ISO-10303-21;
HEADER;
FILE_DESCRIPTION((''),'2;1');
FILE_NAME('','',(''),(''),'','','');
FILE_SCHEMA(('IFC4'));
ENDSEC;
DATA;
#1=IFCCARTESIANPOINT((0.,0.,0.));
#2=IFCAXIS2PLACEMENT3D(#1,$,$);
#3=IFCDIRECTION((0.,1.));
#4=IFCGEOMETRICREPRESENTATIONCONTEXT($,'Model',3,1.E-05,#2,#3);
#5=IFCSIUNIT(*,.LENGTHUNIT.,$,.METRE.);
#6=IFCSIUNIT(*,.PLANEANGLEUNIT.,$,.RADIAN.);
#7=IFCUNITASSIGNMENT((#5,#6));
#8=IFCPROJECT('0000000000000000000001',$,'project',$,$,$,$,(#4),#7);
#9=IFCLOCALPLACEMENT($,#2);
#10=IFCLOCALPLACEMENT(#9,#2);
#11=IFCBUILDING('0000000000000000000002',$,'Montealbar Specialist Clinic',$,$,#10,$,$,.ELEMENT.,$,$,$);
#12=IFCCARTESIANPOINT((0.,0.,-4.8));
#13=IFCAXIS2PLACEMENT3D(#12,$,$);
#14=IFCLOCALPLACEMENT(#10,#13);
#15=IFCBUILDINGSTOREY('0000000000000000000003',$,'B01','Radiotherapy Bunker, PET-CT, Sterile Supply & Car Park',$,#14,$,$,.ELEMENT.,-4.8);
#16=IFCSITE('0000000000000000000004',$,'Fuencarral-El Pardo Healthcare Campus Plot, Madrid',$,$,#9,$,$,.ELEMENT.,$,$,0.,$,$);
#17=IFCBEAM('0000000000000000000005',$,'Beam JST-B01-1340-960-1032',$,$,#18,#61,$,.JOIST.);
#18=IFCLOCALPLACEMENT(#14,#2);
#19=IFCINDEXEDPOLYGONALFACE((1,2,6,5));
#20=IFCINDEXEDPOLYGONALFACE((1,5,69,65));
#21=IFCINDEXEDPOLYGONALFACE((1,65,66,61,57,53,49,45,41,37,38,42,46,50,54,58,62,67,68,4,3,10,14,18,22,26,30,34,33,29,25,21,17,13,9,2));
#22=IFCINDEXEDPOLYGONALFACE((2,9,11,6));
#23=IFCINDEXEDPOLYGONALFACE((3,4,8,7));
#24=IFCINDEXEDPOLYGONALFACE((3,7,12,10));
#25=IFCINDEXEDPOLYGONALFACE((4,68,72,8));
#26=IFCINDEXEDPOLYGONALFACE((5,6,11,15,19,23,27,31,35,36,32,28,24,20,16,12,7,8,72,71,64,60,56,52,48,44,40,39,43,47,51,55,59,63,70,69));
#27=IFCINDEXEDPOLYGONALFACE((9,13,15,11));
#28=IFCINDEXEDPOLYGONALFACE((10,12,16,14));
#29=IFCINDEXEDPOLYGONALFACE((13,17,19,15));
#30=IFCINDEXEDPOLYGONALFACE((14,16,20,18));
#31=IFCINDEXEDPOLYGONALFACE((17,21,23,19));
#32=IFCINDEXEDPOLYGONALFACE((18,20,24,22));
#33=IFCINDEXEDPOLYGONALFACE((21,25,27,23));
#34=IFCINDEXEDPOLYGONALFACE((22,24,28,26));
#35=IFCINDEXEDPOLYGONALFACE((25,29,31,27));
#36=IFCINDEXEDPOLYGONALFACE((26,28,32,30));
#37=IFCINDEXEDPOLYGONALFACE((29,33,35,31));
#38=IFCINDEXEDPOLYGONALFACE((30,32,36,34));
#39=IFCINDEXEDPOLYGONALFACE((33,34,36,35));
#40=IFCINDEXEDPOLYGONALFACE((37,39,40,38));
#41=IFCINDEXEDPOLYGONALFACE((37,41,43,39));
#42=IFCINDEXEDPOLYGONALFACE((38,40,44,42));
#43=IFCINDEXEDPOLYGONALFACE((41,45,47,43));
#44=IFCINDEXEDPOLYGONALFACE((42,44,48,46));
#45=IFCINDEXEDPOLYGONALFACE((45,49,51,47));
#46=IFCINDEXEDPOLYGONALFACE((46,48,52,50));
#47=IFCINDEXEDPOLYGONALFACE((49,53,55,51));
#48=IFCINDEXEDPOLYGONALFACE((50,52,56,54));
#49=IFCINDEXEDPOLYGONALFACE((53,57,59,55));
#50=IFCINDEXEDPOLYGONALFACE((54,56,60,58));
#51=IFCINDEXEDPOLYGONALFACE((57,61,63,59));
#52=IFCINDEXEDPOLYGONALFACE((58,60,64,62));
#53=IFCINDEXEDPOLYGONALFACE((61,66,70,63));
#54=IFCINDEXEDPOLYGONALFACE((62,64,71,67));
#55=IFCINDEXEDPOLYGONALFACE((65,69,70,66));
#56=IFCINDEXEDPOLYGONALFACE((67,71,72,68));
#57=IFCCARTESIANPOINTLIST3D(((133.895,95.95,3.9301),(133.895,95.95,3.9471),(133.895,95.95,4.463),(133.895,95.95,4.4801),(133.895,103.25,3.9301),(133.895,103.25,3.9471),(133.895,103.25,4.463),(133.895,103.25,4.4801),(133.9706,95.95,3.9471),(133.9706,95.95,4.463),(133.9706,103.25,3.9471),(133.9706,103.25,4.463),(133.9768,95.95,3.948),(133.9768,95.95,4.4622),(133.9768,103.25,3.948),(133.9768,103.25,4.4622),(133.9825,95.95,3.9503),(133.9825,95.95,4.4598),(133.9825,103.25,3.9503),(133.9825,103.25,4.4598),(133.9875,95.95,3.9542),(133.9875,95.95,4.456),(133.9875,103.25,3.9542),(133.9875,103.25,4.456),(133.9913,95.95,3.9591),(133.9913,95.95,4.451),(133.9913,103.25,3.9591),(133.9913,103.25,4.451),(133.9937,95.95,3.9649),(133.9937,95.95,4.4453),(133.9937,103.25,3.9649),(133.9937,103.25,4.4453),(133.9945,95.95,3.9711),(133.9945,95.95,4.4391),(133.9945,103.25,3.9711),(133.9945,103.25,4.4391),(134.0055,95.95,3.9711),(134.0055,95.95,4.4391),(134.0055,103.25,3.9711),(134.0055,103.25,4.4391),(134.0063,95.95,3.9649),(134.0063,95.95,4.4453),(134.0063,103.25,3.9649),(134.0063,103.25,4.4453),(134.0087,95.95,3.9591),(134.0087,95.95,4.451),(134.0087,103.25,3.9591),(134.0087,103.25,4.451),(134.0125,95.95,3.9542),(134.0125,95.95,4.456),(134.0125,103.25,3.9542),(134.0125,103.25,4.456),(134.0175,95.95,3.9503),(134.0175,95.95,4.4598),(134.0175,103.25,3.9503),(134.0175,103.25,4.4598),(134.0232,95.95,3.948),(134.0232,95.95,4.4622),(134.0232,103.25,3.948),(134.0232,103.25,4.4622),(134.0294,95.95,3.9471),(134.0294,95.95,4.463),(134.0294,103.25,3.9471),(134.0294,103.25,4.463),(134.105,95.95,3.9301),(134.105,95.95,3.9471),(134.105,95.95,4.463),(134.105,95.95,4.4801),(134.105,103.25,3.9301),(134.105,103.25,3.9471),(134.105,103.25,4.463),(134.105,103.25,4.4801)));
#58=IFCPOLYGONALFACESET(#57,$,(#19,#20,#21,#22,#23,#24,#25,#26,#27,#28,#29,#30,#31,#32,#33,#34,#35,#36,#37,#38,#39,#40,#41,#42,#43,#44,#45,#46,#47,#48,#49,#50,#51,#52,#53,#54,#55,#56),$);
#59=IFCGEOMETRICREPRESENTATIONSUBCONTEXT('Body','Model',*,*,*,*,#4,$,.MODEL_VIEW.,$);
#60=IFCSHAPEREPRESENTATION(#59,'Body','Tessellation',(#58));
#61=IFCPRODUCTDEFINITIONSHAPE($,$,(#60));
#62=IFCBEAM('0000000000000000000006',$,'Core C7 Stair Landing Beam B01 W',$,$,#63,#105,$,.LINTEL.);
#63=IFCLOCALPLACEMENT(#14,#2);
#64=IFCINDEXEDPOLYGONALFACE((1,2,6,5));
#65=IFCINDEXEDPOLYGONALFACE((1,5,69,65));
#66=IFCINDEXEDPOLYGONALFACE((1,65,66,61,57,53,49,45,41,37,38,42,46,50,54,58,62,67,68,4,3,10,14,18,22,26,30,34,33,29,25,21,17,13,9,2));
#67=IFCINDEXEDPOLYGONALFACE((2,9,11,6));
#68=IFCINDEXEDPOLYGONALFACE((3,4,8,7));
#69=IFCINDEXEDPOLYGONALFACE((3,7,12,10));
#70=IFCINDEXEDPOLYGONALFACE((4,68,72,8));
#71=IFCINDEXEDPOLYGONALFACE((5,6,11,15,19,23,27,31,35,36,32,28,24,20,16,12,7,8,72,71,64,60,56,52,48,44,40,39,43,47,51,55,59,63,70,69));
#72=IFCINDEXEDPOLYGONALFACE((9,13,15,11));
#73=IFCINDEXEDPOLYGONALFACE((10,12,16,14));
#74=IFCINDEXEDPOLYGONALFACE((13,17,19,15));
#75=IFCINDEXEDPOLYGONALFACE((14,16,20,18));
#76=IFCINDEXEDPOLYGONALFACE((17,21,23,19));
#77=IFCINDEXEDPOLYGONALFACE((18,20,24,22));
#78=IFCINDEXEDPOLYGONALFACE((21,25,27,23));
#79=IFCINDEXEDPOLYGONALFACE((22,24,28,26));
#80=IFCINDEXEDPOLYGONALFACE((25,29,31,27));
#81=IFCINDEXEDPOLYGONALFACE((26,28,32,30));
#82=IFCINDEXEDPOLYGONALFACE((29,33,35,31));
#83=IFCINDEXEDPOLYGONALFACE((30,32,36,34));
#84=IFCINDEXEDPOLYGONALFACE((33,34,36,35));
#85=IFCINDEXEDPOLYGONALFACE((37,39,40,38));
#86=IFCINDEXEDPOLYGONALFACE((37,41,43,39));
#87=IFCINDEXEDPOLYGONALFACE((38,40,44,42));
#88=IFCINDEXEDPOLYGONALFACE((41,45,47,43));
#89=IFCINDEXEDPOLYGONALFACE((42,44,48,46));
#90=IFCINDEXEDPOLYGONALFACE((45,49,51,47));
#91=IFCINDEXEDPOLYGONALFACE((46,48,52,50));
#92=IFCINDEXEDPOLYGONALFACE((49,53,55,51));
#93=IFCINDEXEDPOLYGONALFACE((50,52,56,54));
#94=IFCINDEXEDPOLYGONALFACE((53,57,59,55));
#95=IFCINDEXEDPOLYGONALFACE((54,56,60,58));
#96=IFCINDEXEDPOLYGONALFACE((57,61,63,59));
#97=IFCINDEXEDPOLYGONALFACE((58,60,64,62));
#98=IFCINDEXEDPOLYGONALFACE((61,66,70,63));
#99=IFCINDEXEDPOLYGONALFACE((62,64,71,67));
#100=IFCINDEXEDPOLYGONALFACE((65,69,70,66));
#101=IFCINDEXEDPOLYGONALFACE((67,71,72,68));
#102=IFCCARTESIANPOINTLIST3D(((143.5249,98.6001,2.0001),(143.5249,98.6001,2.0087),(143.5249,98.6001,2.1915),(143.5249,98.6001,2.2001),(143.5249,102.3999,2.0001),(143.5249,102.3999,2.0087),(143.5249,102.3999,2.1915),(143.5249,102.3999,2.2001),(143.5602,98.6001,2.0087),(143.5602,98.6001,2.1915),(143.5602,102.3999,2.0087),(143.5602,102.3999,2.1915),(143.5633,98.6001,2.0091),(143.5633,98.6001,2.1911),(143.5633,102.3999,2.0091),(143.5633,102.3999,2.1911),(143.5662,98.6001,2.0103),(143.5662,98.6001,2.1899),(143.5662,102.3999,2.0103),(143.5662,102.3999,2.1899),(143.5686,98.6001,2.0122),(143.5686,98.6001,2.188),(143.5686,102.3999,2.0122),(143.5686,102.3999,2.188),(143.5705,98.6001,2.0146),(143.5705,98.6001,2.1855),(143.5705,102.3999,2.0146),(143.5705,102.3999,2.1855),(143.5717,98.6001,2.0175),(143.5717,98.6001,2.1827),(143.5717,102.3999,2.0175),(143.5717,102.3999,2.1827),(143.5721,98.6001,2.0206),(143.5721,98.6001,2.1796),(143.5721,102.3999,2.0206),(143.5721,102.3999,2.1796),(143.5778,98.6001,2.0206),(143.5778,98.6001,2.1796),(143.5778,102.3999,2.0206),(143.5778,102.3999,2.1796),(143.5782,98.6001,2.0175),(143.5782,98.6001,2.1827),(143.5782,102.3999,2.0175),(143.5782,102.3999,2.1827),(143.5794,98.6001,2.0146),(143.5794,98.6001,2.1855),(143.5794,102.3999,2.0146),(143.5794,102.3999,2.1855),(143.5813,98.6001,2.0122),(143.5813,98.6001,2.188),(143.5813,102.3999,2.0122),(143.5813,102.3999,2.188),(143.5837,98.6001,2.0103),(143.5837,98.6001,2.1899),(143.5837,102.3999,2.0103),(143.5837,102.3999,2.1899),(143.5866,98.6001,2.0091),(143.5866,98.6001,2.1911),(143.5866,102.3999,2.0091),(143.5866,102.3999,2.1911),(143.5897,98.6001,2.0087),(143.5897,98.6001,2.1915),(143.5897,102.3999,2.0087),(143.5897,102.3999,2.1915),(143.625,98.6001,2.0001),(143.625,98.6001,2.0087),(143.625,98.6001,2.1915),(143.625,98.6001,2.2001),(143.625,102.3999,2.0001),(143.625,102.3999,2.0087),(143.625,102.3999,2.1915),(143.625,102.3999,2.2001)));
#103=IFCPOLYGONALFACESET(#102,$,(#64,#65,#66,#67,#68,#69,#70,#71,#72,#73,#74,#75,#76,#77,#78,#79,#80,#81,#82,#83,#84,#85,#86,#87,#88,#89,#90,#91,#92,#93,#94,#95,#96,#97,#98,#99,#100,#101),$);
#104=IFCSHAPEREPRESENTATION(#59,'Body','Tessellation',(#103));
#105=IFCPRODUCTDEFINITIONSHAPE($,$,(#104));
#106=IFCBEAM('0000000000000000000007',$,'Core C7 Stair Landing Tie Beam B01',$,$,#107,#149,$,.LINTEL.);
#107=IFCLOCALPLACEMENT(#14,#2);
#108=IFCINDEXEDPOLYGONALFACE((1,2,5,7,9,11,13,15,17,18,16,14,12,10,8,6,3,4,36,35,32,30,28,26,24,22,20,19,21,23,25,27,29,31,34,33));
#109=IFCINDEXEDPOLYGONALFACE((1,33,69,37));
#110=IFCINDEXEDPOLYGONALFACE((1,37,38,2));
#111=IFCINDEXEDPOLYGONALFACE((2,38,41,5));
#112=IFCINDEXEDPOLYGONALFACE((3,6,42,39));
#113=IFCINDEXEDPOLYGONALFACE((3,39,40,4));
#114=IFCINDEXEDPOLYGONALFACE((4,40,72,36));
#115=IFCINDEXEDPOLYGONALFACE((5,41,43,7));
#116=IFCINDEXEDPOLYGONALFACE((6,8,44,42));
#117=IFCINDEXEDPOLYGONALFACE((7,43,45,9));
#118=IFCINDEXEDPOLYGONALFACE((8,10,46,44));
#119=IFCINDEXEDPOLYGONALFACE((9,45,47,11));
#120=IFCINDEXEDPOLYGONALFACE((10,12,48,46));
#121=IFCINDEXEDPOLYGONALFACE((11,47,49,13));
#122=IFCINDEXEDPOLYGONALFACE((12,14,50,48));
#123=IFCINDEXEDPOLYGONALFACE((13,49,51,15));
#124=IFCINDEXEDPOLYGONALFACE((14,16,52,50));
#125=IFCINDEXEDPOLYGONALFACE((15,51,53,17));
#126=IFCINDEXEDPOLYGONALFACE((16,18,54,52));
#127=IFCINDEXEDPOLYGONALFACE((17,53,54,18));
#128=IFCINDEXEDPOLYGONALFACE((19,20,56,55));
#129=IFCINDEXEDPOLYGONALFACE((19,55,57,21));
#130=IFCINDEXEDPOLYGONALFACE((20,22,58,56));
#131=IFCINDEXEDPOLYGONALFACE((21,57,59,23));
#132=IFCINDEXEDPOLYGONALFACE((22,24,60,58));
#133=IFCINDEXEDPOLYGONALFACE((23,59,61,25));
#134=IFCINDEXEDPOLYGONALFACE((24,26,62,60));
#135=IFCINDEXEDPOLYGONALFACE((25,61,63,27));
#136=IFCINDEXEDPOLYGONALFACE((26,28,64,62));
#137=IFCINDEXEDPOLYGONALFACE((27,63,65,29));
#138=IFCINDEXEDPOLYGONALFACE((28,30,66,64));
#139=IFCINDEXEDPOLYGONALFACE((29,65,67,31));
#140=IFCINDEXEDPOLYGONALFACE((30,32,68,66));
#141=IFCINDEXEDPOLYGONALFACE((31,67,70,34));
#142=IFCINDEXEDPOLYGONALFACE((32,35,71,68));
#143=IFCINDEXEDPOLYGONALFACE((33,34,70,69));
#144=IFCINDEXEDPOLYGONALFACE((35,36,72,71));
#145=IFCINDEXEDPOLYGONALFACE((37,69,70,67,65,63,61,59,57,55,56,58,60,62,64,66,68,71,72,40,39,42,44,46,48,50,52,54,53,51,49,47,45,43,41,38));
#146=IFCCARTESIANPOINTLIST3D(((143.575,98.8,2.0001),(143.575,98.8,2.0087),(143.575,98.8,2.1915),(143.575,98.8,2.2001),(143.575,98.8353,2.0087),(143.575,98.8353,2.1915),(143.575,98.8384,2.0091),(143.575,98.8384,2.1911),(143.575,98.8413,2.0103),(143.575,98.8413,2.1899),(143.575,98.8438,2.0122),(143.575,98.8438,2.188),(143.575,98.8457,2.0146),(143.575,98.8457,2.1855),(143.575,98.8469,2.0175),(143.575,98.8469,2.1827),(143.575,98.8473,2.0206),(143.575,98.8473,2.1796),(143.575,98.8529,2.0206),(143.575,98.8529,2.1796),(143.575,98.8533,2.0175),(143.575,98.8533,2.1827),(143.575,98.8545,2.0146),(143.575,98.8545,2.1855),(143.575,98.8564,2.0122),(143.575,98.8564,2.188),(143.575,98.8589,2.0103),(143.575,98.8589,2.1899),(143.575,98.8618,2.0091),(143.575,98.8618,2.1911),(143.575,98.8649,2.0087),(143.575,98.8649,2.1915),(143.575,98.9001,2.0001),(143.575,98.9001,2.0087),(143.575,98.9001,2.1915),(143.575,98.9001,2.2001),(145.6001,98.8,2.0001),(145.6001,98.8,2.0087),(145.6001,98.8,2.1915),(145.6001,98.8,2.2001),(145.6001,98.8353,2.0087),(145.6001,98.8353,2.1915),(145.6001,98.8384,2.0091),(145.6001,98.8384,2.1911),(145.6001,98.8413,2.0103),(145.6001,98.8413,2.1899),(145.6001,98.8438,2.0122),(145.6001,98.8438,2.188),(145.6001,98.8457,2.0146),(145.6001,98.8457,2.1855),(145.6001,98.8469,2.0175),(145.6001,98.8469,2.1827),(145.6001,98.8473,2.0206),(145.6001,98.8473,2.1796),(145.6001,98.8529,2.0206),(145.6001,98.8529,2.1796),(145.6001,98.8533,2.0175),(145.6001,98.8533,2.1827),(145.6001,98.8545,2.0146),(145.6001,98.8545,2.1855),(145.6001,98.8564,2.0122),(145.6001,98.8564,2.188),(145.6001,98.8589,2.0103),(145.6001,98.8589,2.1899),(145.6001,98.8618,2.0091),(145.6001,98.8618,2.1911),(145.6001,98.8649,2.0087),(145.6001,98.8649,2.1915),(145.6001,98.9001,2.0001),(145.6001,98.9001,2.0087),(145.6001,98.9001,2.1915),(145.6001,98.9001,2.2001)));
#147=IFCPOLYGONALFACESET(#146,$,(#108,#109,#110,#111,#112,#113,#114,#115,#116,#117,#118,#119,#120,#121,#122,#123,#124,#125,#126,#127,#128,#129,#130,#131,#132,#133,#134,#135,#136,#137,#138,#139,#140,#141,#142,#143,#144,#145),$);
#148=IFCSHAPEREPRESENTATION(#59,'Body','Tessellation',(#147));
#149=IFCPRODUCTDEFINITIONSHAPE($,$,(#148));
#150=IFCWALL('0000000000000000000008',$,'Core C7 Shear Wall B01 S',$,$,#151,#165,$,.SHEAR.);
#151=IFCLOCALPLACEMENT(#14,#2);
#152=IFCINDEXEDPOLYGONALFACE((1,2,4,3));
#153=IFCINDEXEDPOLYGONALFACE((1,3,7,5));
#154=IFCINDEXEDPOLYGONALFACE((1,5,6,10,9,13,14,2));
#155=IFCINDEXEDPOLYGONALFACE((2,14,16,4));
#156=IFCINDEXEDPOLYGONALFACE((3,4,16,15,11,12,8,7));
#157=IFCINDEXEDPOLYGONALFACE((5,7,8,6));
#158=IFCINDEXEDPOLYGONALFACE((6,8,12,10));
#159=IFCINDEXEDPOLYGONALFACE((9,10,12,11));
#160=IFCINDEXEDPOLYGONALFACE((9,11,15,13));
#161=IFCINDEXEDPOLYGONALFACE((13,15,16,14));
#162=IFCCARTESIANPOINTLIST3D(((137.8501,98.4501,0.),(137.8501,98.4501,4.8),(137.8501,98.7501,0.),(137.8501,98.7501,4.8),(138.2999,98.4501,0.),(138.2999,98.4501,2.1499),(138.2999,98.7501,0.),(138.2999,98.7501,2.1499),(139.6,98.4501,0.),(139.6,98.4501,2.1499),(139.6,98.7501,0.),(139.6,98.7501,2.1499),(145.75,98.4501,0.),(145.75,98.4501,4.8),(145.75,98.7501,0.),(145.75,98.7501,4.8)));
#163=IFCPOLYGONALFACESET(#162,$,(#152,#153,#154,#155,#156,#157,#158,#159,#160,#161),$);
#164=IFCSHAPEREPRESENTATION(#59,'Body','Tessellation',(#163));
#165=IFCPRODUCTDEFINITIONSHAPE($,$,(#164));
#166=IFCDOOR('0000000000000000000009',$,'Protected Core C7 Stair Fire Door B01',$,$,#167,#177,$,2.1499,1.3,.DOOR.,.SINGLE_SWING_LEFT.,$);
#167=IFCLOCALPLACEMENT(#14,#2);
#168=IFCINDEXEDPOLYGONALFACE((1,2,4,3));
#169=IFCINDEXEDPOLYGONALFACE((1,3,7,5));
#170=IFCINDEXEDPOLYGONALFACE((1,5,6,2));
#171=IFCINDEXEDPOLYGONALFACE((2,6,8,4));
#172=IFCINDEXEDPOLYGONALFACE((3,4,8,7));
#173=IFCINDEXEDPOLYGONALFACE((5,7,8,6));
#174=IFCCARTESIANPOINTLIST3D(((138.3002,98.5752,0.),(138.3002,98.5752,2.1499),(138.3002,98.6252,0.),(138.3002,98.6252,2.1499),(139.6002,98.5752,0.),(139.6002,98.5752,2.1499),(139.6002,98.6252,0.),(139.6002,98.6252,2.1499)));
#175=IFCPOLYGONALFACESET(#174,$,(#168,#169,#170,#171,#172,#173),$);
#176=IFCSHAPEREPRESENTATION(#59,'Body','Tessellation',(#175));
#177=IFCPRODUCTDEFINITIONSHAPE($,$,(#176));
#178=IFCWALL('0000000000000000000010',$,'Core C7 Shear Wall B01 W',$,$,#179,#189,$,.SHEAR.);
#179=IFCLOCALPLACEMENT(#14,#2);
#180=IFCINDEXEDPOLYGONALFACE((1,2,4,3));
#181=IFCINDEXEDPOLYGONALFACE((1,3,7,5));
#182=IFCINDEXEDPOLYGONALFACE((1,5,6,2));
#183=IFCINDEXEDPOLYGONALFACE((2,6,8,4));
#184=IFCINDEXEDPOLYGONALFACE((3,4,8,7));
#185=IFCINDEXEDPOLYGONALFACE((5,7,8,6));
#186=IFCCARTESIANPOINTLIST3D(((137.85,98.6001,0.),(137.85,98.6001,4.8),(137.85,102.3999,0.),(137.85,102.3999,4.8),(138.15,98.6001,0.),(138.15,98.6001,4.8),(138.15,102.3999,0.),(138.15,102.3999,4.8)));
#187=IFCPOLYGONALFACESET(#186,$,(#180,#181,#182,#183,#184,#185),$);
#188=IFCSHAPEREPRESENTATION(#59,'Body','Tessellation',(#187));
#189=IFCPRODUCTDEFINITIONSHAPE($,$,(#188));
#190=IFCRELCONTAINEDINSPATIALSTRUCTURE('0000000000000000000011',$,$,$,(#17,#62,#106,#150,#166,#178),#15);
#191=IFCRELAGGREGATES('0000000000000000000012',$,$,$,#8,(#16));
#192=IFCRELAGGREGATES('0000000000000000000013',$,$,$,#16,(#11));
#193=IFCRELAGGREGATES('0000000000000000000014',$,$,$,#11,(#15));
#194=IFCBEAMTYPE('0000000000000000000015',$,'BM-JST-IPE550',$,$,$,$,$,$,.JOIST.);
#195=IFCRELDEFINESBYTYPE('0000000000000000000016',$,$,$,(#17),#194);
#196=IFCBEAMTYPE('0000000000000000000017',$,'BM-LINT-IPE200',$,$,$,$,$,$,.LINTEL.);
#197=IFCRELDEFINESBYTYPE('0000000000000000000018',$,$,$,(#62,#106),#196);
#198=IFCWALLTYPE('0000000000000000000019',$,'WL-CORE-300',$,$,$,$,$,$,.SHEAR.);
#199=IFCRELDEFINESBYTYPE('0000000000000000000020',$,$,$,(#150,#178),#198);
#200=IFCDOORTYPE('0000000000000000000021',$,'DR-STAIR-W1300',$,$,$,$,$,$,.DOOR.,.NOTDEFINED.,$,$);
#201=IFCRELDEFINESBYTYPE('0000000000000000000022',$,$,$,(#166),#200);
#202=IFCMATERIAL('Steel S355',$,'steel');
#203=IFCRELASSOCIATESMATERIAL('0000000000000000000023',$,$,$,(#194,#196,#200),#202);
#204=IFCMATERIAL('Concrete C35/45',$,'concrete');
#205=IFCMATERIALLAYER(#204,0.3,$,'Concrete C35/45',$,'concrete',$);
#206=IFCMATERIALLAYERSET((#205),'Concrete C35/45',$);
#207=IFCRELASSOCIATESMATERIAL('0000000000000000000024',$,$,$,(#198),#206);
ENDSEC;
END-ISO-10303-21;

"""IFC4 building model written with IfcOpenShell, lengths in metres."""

from ifc_helpers import new_model, si_unit, direction, frame, frame_2d, origin, origin_2d, place, context, subcontext, project, spatial, rectangle, i_section, extrude, material, layer, layer_set, material_profile, profile_set, type_object, element, fill, save


model = new_model("IFC4")

# Units and contexts
model_context = context("Model", 3, precision=1e-05, world=origin(), true_north=direction((0.0, 1.0)))
body_context = subcontext(model_context, "Body", "Model", "MODEL_VIEW")
ifc_project = project(units=[si_unit("LENGTHUNIT", "METRE"), si_unit("PLANEANGLEUNIT", "RADIAN")], contexts=[model_context])

# Site, building, storey
site_placement = place(None, origin())
site = spatial("IfcSite", under=ifc_project, at=site_placement, Name="Fuencarral-El Pardo Healthcare Campus Plot, Madrid", CompositionType="ELEMENT", RefElevation=0.0)
building_placement = place(site_placement, origin())
building = spatial("IfcBuilding", under=site, at=building_placement, Name="Montealbar Specialist Clinic", CompositionType="ELEMENT")
storey_placement = place(building_placement, frame((0.0, 0.0, -4.8)))
storey = spatial("IfcBuildingStorey", under=building, at=storey_placement, Name="B01", Description="Radiotherapy Bunker, PET-CT, Sterile Supply & Car Park", CompositionType="ELEMENT", Elevation=-4.8)

# Shared definitions
ifc_material_1 = material(Name="Concrete C35/45", Category="concrete")

# Shared definitions
ifc_material_2 = material(Name="Steel S355", Category="steel")

# Beams
ifc_material_profile_1 = material_profile(ifc_material_2, i_section(OverallWidth=0.21, OverallDepth=0.55, WebThickness=0.011, FlangeThickness=0.0171, FilletRadius=0.0239, at=origin_2d()), Name="IPE 550", Category="steel")
ifc_profile_set_1 = profile_set([ifc_material_profile_1], Name="Steel S355")
beam_type_1 = type_object("IfcBeamType", Name="BM-JST-IPE550", PredefinedType="JOIST", material=ifc_profile_set_1)
beam_1_placement = place(storey_placement, frame((134.0, 95.95, 4.2051), z_axis=(0.0, 1.0, 0.0), x_axis=(-1.0, 0.0, 0.0)))
element("IfcBeam", 1, at=beam_1_placement, inside=storey, type_object=beam_type_1, Name="Beam JST-B01-1340-960-1032", PredefinedType="JOIST", context=body_context, shape_type="SweptSolid", body=[
    extrude(i_section(OverallWidth=0.21, OverallDepth=0.55, WebThickness=0.011, FlangeThickness=0.0171, FilletRadius=0.0239, at=origin_2d()), origin(), (0.0, 0.0, 1.0), 7.3),
])
ifc_material_profile_2 = material_profile(ifc_material_2, i_section(OverallWidth=0.1001, OverallDepth=0.2, WebThickness=0.0056, FlangeThickness=0.0085, FilletRadius=0.012, at=origin_2d()), Name="IPE 200", Category="steel")
ifc_profile_set_2 = profile_set([ifc_material_profile_2], Name="Steel S355")
beam_type_2 = type_object("IfcBeamType", Name="BM-LINT-IPE200", PredefinedType="LINTEL", material=ifc_profile_set_2)
beam_2_placement = place(storey_placement, frame((143.575, 98.6001, 2.1001), z_axis=(0.0, 1.0, 0.0), x_axis=(-1.0, 0.0, 0.0)))
element("IfcBeam", 2, at=beam_2_placement, inside=storey, type_object=beam_type_2, Name="Core C7 Stair Landing Beam B01 W", PredefinedType="LINTEL", context=body_context, shape_type="SweptSolid", body=[
    extrude(i_section(OverallWidth=0.1001, OverallDepth=0.2, WebThickness=0.0056, FlangeThickness=0.0085, FilletRadius=0.012, at=origin_2d()), origin(), (0.0, 0.0, 1.0), 3.7998),
])
beam_3_placement = place(storey_placement, frame((143.575, 98.8501, 2.1001), z_axis=(1.0, 0.0, 0.0), x_axis=(0.0, 1.0, 0.0)))
element("IfcBeam", 3, at=beam_3_placement, inside=storey, type_object=beam_type_2, Name="Core C7 Stair Landing Tie Beam B01", PredefinedType="LINTEL", context=body_context, shape_type="SweptSolid", body=[
    extrude(i_section(OverallWidth=0.1001, OverallDepth=0.2, WebThickness=0.0056, FlangeThickness=0.0085, FilletRadius=0.012, at=origin_2d()), origin(), (0.0, 0.0, 1.0), 2.0251),
])

# Wall, opening, door
ifc_layer_1 = layer(ifc_material_1, 0.3, Name="Concrete C35/45", Category="concrete")
ifc_layer_set_1 = layer_set([ifc_layer_1], Name="Concrete C35/45")
wall_type_1 = type_object("IfcWallType", Name="WL-CORE-300", PredefinedType="SHEAR", material=ifc_layer_set_1)
wall_1_placement = place(storey_placement, frame((137.8501, 98.6001, 0.0), z_axis=(0.0, 0.0, 1.0), x_axis=(1.0, 0.0, 0.0)))
wall_1 = element("IfcWall", 4, at=wall_1_placement, inside=storey, type_object=wall_type_1, Name="Core C7 Shear Wall B01 S", PredefinedType="SHEAR", context=body_context, shape_type="SweptSolid", body=[
    extrude(rectangle(XDim=7.8999, YDim=0.3, at=frame_2d((3.95, 0.0))), origin(), (0.0, 0.0, 1.0), 4.8),
])
opening_placement = place(wall_1_placement, frame((0.45, 0.0, 0.0)))
opening = element("IfcOpeningElement", 5, at=opening_placement, cuts=wall_1, PredefinedType="OPENING", context=body_context, shape_type="SweptSolid", body=[
    extrude(rectangle(XDim=1.3, YDim=2.1499, at=frame_2d((0.6499, 1.075))), frame((0.0, 0.1599, 0.0), z_axis=(0.0, -1.0, 0.0), x_axis=(1.0, 0.0, 0.0)), (0.0, 0.0, 1.0), 0.3201),
])
door_type = type_object("IfcDoorType", Name="DR-STAIR-W1300", OperationType="NOTDEFINED", PredefinedType="DOOR", material=ifc_material_2)
door_placement = place(opening_placement, frame((1.3, 0.0, 0.0), z_axis=(0.0, 0.0, 1.0), x_axis=(-1.0, 0.0, 0.0)))
door = element("IfcDoor", 6, at=door_placement, inside=storey, type_object=door_type, Name="Protected Core C7 Stair Fire Door B01", OperationType="SINGLE_SWING_LEFT", OverallHeight=2.1499, OverallWidth=1.3, PredefinedType="DOOR", context=body_context, shape_type="SweptSolid", body=[
    extrude(rectangle(XDim=1.3, YDim=2.1499, at=frame_2d((0.6499, 1.075))), frame((0.0, 0.0249, 0.0), z_axis=(0.0, -1.0, 0.0), x_axis=(1.0, 0.0, 0.0)), (0.0, 0.0, 1.0), 0.05),
])
fill(opening, door)

# Wall
wall_2_placement = place(storey_placement, frame((138.0, 98.6001, 0.0), z_axis=(0.0, 0.0, 1.0), x_axis=(0.0, 1.0, 0.0)))
element("IfcWall", 7, at=wall_2_placement, inside=storey, type_object=wall_type_1, Name="Core C7 Shear Wall B01 W", PredefinedType="SHEAR", context=body_context, shape_type="SweptSolid", body=[
    extrude(rectangle(XDim=3.7998, YDim=0.3, at=frame_2d((1.8999, 0.0))), origin(), (0.0, 0.0, 1.0), 4.8),
])

save(model, "model.ifc")
